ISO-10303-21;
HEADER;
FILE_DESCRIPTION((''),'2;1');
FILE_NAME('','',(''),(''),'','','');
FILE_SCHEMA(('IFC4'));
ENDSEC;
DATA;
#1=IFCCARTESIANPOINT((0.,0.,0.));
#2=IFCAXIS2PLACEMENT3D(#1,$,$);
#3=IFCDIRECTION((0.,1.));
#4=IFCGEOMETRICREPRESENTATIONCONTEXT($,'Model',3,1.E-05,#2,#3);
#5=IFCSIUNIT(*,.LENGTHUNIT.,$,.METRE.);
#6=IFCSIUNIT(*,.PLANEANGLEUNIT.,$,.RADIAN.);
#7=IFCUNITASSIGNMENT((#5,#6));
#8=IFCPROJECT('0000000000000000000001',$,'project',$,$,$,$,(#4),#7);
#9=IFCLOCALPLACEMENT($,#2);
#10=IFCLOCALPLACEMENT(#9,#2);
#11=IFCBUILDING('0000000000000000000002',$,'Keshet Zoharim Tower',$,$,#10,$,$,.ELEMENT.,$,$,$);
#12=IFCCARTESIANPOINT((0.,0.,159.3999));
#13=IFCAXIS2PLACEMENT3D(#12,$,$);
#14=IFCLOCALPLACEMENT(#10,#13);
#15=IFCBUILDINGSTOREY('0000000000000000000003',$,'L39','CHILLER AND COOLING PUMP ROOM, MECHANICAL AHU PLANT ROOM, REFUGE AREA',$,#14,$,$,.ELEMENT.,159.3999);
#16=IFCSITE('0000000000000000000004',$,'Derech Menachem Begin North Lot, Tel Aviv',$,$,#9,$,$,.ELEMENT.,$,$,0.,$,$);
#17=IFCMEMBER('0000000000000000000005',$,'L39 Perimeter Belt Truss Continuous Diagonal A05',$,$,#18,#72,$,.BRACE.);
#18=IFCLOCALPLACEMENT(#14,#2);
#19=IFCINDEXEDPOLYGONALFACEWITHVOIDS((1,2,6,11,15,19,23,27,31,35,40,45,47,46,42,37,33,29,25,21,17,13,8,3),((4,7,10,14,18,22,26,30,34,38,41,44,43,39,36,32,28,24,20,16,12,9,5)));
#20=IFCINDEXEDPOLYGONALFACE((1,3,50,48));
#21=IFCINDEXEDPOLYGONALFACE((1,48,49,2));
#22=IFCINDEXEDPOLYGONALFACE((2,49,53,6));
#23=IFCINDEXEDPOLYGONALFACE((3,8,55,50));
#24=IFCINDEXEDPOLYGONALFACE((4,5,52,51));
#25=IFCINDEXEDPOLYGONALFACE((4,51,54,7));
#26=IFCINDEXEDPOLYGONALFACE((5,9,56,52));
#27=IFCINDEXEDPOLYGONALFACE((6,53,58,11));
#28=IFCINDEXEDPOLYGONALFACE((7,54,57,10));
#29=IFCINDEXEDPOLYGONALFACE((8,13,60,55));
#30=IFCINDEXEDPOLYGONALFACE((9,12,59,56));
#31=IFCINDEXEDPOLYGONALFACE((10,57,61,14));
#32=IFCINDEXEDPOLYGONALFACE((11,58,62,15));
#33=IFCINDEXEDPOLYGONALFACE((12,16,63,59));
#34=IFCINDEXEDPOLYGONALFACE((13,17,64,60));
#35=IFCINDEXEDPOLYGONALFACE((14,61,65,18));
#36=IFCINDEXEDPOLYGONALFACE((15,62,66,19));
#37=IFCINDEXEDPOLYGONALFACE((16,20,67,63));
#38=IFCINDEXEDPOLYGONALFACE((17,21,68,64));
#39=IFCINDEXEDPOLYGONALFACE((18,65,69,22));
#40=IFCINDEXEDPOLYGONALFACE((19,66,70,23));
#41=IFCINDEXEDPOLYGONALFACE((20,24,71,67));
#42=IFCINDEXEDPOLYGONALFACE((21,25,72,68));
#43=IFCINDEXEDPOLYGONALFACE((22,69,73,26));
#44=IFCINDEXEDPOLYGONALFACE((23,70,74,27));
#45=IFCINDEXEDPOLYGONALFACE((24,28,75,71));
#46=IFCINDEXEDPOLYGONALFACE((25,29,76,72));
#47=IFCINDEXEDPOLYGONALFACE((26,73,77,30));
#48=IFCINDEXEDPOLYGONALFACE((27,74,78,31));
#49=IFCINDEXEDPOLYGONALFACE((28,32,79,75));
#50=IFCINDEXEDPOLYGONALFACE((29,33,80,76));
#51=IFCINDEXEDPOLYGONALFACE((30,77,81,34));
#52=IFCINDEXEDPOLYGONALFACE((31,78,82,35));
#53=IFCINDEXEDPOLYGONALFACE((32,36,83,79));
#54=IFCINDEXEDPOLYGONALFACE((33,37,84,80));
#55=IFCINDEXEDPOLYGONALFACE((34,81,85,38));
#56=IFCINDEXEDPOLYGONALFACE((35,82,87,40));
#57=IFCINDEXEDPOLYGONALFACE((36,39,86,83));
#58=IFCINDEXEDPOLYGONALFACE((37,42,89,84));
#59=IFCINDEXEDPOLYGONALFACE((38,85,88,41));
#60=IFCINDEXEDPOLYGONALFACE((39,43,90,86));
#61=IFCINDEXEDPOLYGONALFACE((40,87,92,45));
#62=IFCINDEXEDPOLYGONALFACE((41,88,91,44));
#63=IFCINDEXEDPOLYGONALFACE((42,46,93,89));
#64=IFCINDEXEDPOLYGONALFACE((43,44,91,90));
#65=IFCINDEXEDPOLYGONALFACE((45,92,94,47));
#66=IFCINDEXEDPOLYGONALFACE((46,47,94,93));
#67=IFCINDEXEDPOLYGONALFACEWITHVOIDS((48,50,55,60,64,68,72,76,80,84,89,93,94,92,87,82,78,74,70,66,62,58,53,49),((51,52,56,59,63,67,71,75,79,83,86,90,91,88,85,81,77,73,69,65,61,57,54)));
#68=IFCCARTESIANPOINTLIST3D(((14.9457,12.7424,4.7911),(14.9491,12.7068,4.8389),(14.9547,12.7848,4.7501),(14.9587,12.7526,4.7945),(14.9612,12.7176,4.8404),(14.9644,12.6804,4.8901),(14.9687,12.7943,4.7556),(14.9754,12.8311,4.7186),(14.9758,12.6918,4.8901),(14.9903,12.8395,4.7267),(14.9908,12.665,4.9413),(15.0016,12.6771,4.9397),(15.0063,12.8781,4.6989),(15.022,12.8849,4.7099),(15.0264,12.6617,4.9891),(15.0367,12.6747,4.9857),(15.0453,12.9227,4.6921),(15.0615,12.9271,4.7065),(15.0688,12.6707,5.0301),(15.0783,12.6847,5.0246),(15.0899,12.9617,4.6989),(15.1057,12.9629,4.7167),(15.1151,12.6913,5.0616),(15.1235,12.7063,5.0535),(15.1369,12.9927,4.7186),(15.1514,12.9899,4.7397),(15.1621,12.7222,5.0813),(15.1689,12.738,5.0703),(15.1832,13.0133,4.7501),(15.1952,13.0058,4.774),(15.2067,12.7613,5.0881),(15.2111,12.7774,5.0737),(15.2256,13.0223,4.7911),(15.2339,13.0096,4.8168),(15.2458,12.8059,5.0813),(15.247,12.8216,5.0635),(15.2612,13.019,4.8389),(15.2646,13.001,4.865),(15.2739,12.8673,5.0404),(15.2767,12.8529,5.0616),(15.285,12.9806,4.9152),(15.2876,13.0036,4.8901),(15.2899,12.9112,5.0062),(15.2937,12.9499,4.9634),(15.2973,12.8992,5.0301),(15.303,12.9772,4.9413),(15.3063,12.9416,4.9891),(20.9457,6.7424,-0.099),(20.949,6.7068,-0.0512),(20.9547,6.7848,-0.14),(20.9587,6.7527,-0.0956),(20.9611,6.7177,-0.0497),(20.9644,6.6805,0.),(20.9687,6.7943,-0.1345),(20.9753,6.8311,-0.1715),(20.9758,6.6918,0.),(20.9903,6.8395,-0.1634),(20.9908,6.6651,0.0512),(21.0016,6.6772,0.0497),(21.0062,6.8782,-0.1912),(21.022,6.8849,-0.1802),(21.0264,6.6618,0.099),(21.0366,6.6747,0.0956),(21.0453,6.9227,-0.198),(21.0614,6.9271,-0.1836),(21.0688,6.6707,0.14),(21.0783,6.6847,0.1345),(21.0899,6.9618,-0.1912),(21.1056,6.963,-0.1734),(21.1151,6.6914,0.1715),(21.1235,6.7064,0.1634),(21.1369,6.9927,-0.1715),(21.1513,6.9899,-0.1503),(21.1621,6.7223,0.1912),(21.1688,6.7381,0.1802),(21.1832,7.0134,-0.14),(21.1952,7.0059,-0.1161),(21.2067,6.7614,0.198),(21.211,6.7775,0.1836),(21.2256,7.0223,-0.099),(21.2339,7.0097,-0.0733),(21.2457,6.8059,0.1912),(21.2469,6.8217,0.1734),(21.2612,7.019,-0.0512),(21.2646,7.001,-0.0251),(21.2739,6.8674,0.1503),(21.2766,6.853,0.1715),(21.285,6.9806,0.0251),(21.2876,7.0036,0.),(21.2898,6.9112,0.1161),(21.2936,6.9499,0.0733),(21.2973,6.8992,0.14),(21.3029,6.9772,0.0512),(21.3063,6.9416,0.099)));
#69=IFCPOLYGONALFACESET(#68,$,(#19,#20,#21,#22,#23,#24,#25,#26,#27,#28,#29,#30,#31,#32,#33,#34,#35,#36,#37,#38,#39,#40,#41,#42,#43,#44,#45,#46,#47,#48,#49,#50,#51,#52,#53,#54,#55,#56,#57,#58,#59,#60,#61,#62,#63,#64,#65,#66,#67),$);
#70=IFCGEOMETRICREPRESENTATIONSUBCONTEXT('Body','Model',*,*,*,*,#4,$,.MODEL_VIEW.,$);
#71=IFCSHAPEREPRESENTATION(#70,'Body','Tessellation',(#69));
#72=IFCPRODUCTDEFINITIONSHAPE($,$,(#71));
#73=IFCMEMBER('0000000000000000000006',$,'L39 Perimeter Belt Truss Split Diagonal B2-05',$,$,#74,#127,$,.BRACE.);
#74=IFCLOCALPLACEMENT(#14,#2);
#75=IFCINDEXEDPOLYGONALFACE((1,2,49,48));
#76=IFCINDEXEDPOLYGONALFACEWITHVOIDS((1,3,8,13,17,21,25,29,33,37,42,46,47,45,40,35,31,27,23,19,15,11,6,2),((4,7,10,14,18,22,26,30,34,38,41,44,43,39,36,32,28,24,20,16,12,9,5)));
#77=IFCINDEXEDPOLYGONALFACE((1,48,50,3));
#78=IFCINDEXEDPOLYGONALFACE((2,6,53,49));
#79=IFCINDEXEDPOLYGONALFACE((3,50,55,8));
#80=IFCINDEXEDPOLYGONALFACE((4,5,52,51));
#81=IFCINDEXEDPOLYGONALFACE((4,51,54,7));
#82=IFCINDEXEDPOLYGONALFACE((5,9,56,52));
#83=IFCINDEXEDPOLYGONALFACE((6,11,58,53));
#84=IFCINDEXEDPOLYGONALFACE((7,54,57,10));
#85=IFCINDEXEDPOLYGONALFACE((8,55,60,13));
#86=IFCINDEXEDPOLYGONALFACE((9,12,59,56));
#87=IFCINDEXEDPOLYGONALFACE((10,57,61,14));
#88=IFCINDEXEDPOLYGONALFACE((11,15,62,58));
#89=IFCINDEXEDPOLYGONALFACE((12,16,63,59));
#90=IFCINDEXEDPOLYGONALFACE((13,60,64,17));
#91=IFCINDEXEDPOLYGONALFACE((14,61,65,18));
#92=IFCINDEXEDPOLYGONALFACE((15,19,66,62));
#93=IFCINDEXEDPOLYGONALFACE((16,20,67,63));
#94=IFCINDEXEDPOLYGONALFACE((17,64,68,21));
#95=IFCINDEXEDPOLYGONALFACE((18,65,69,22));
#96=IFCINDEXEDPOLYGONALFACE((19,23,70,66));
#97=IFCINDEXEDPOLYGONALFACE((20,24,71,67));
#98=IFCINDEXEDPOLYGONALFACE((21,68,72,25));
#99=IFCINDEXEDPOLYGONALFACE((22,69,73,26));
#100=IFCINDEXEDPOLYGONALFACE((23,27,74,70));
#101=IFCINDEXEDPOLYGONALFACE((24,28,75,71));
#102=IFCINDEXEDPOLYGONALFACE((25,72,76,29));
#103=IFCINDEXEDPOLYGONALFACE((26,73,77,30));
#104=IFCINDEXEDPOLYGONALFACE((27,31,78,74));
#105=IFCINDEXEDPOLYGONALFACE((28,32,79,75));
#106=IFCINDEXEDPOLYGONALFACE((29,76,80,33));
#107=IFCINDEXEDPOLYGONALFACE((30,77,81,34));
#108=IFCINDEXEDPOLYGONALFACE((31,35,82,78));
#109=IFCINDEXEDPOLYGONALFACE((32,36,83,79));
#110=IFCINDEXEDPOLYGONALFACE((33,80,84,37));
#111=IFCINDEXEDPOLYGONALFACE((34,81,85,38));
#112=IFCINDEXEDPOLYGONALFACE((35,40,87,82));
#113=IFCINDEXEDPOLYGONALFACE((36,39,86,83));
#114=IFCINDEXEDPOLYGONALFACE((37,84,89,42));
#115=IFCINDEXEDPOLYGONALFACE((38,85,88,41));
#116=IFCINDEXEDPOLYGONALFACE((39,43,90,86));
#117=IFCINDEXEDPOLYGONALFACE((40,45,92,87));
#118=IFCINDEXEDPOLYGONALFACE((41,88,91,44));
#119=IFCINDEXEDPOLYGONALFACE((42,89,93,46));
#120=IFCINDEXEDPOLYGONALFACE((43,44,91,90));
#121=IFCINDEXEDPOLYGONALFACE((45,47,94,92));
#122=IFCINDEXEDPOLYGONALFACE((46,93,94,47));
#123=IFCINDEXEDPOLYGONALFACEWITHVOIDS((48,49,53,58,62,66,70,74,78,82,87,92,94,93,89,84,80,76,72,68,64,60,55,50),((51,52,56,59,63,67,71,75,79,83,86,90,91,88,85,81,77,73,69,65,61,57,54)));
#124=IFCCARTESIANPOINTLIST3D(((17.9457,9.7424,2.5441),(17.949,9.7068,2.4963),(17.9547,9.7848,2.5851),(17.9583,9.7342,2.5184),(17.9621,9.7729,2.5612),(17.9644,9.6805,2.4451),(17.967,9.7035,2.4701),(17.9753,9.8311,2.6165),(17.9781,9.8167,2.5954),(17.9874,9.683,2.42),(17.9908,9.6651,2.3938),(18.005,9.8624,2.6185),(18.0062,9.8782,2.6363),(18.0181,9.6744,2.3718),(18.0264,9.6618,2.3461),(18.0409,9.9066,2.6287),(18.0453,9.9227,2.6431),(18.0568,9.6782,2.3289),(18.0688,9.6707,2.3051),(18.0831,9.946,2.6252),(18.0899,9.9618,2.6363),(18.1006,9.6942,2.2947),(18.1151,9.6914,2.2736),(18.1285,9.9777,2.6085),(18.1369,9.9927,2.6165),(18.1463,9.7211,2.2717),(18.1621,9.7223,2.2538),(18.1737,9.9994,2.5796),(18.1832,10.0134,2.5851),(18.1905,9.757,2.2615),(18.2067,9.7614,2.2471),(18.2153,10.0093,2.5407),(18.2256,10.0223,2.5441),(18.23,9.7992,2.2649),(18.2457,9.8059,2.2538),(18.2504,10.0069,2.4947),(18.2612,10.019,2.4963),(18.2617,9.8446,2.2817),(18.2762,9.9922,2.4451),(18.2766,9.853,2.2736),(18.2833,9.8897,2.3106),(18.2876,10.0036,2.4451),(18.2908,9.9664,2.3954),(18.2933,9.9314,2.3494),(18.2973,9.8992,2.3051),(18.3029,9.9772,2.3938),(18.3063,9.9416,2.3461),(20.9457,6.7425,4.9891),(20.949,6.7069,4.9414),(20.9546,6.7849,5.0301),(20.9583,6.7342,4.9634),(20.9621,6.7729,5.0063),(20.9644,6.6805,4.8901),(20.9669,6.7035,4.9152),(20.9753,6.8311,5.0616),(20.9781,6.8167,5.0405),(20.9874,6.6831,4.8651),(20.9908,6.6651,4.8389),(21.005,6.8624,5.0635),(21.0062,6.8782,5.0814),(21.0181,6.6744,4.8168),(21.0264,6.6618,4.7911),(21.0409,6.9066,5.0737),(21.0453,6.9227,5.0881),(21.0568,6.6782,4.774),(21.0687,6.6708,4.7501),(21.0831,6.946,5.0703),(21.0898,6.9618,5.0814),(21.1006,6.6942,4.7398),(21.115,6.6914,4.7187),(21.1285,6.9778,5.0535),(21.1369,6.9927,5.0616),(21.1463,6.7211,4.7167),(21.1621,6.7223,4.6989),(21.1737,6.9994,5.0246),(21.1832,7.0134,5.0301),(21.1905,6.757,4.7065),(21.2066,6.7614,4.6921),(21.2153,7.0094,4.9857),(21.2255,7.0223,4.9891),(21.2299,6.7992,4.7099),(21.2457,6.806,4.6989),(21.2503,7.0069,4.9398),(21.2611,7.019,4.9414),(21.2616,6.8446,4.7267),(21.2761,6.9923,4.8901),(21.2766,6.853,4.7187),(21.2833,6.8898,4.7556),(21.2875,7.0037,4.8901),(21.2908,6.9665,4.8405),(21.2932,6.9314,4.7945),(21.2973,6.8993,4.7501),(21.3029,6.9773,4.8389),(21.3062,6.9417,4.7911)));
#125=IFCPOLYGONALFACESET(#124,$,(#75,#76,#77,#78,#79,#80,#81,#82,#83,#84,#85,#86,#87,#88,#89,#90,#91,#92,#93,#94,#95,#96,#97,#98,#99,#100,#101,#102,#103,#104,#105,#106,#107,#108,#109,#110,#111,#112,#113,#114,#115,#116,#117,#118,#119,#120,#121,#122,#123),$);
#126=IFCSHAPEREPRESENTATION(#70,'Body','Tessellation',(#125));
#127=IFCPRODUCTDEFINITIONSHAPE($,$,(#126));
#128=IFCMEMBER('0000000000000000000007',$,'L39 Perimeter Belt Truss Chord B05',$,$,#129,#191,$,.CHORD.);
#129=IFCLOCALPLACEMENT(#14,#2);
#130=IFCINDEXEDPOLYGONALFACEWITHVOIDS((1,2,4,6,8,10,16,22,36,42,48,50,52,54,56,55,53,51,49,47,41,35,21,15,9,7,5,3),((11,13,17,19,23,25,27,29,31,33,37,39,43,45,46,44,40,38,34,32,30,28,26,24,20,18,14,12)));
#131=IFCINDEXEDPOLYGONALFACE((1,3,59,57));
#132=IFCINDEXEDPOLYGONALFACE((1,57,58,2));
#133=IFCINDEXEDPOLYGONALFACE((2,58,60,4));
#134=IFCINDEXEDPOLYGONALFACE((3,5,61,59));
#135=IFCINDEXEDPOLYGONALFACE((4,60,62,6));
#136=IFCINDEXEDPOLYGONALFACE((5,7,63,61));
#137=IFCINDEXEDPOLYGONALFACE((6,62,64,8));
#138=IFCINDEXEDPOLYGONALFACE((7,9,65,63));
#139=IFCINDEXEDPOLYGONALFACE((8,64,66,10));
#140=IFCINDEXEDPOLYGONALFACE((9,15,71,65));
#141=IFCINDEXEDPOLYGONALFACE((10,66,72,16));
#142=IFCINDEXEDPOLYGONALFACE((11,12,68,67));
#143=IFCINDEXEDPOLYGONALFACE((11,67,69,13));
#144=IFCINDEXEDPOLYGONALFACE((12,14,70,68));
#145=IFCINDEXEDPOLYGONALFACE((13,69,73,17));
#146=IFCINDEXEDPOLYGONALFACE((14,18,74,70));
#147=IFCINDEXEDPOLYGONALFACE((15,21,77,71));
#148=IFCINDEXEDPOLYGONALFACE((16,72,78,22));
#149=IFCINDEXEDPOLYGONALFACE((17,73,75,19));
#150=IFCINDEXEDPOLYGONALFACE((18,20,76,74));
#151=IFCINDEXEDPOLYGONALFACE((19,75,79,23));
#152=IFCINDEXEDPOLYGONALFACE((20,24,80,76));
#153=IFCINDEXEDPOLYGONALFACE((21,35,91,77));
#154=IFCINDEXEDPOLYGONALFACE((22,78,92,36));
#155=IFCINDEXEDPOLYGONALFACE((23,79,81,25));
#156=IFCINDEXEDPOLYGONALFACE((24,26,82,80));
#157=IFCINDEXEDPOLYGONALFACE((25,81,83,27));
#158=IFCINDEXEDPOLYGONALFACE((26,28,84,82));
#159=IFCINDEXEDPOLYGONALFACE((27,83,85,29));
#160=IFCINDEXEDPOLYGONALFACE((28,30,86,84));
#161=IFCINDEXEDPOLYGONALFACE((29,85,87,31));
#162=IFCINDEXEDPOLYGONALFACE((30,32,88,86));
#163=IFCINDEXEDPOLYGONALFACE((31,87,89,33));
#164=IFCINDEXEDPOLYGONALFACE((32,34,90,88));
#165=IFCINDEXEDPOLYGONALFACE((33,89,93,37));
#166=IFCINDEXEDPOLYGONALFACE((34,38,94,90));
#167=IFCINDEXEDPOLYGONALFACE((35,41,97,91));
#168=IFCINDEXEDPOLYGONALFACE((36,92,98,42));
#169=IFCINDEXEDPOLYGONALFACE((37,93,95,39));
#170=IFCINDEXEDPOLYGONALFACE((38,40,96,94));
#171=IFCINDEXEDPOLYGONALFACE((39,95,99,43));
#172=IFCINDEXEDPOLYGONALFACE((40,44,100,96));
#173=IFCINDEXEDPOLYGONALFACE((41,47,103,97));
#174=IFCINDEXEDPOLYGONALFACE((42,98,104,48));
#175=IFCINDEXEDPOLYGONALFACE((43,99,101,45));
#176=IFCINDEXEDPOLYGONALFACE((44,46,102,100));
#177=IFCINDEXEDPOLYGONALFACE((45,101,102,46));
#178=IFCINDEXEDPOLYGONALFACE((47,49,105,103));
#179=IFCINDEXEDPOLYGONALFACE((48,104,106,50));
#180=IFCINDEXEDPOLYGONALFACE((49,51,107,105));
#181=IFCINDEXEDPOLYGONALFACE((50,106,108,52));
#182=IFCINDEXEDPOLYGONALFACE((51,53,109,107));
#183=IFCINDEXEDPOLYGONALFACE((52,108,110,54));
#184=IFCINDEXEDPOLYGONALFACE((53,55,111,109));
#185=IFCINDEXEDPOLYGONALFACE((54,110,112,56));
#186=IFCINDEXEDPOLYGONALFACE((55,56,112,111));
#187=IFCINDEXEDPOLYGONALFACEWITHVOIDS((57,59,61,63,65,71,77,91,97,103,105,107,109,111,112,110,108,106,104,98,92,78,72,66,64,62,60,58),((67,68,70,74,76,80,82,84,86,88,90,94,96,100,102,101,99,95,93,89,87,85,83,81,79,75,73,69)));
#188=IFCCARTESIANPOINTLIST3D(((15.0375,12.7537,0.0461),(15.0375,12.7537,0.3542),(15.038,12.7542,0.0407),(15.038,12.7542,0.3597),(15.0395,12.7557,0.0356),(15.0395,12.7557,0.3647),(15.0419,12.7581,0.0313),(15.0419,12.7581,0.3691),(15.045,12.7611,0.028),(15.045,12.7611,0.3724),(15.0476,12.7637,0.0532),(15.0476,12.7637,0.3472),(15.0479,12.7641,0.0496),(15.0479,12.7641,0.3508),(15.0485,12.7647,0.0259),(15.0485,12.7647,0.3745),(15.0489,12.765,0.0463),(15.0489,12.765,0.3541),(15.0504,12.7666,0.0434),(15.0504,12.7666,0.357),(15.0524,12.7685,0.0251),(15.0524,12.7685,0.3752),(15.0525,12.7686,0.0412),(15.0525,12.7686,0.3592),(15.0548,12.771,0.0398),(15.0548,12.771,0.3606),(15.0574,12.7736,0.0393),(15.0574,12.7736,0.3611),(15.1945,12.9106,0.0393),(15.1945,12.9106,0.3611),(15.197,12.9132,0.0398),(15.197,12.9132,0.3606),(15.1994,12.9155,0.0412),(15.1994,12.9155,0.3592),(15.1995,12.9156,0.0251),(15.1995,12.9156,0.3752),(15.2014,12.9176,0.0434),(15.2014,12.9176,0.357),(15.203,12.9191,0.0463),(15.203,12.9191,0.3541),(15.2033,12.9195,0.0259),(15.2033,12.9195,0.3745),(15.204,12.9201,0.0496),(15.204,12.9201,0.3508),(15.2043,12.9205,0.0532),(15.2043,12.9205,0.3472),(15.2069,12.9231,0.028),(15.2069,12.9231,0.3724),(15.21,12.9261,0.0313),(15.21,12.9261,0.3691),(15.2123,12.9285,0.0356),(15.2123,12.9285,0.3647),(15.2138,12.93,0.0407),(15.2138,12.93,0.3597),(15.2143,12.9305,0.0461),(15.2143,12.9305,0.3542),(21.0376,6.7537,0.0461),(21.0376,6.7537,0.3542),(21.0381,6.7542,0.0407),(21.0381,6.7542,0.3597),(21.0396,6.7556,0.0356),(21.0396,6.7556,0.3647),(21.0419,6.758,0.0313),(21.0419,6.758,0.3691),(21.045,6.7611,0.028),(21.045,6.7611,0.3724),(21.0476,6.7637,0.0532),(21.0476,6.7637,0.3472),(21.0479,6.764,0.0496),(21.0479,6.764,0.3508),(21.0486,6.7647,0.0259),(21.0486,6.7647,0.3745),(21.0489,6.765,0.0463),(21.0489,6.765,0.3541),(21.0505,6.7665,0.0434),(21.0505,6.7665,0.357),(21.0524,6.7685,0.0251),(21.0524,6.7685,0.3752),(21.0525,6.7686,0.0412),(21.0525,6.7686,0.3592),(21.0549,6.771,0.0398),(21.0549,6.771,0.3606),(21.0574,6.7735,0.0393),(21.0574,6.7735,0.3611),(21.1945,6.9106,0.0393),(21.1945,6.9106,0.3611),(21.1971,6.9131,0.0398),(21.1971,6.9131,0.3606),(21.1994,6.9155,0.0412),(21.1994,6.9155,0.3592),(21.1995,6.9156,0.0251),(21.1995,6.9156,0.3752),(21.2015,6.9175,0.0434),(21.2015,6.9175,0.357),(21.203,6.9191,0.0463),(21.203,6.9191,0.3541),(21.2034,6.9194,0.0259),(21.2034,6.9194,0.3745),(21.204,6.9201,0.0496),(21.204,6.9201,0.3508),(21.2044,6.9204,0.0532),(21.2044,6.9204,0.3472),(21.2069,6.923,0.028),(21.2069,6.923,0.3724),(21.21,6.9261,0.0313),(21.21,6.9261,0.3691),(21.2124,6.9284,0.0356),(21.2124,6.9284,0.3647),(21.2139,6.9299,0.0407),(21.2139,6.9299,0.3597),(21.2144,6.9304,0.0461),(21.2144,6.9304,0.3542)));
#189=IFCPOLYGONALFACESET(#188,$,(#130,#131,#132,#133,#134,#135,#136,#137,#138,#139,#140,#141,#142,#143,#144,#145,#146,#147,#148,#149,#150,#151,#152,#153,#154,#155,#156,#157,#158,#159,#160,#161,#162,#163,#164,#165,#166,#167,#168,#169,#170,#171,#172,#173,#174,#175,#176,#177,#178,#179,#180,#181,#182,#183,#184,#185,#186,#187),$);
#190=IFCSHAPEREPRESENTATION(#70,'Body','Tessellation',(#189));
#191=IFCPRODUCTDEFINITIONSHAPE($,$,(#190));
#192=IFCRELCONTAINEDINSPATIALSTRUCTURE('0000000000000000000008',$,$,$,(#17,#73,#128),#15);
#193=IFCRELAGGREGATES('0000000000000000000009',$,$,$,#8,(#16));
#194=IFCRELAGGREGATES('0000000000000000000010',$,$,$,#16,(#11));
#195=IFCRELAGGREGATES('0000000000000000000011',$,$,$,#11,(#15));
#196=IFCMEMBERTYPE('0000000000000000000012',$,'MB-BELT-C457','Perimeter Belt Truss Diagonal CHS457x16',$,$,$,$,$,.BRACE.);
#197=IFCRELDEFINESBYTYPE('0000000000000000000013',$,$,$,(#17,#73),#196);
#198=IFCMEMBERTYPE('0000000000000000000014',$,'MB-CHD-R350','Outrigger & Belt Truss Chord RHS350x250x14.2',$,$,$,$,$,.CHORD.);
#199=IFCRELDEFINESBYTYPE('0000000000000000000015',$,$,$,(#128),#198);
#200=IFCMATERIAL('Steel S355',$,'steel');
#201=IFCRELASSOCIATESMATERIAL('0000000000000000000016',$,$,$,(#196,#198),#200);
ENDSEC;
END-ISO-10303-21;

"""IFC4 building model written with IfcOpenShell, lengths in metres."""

from ifc_helpers import new_model, si_unit, direction, frame, origin, origin_2d, place, context, subcontext, project, spatial, hollow_rectangle, hollow_circle, extrude, material, material_profile, profile_set, type_object, element, save


model = new_model("IFC4")

# Units and contexts
model_context = context("Model", 3, precision=1e-05, world=origin(), true_north=direction((0.0, 1.0)))
body_context = subcontext(model_context, "Body", "Model", "MODEL_VIEW")
ifc_project = project(units=[si_unit("LENGTHUNIT", "METRE"), si_unit("PLANEANGLEUNIT", "RADIAN")], contexts=[model_context])

# Site, building, storey
site_placement = place(None, origin())
site = spatial("IfcSite", under=ifc_project, at=site_placement, Name="Derech Menachem Begin North Lot, Tel Aviv", CompositionType="ELEMENT", RefElevation=0.0)
building_placement = place(site_placement, origin())
building = spatial("IfcBuilding", under=site, at=building_placement, Name="Keshet Zoharim Tower", CompositionType="ELEMENT")
storey_placement = place(building_placement, frame((0.0, 0.0, 159.3999)))
storey = spatial("IfcBuildingStorey", under=building, at=storey_placement, Name="L39", Description="CHILLER AND COOLING PUMP ROOM, MECHANICAL AHU PLANT ROOM, REFUGE AREA", CompositionType="ELEMENT", Elevation=159.3999)

# Shared definitions
ifc_material_1 = material(Name="Steel S355", Category="steel")

# Members
ifc_material_profile_1 = material_profile(ifc_material_1, hollow_circle(Radius=0.2285, WallThickness=0.0161, at=origin_2d()), Name="CHS457x16")
ifc_profile_set_1 = profile_set([ifc_material_profile_1], Name="Steel S355")
member_type_1 = type_object("IfcMemberType", Name="MB-BELT-C457", Description="Perimeter Belt Truss Diagonal CHS457x16", PredefinedType="BRACE", material=ifc_profile_set_1)
member_1_placement = place(storey_placement, frame((21.126, 6.842, 0.0), z_axis=(-0.612649, 0.612649, 0.499323), x_axis=(-0.707107, -0.707107, 0.0)))
element("IfcMember", 1, at=member_1_placement, inside=storey, type_object=member_type_1, Name="L39 Perimeter Belt Truss Continuous Diagonal A05", PredefinedType="BRACE", context=body_context, shape_type="SweptSolid", body=[
    extrude(hollow_circle(Radius=0.2285, WallThickness=0.0161, at=origin_2d()), origin(), (0.0, 0.0, 1.0), 9.7935),
])
member_2_placement = place(storey_placement, frame((18.126, 9.842, 2.4451), z_axis=(0.612649, -0.612649, 0.499323), x_axis=(0.707107, 0.707107, 0.0)))
element("IfcMember", 2, at=member_2_placement, inside=storey, type_object=member_type_1, Name="L39 Perimeter Belt Truss Split Diagonal B2-05", PredefinedType="BRACE", context=body_context, shape_type="SweptSolid", body=[
    extrude(hollow_circle(Radius=0.2285, WallThickness=0.0161, at=origin_2d()), origin(), (0.0, 0.0, 1.0), 4.8967),
])
ifc_material_profile_2 = material_profile(ifc_material_1, hollow_rectangle(XDim=0.25, YDim=0.3501, WallThickness=0.0142, InnerFilletRadius=0.0139, OuterFilletRadius=0.021, at=origin_2d()), Name="RHS350x250x14.2")
ifc_profile_set_2 = profile_set([ifc_material_profile_2], Name="Steel S355")
member_type_2 = type_object("IfcMemberType", Name="MB-CHD-R350", Description="Outrigger & Belt Truss Chord RHS350x250x14.2", PredefinedType="CHORD", material=ifc_profile_set_2)
member_3_placement = place(storey_placement, frame((21.126, 6.842, 0.2002), z_axis=(-0.707107, 0.707107, 0.0), x_axis=(-0.707107, -0.707107, 0.0)))
element("IfcMember", 3, at=member_3_placement, inside=storey, type_object=member_type_2, Name="L39 Perimeter Belt Truss Chord B05", PredefinedType="CHORD", context=body_context, shape_type="SweptSolid", body=[
    extrude(hollow_rectangle(XDim=0.25, YDim=0.3501, WallThickness=0.0142, InnerFilletRadius=0.0139, OuterFilletRadius=0.021, at=origin_2d()), origin(), (0.0, 0.0, 1.0), 8.4854),
])

save(model, "model.ifc")
